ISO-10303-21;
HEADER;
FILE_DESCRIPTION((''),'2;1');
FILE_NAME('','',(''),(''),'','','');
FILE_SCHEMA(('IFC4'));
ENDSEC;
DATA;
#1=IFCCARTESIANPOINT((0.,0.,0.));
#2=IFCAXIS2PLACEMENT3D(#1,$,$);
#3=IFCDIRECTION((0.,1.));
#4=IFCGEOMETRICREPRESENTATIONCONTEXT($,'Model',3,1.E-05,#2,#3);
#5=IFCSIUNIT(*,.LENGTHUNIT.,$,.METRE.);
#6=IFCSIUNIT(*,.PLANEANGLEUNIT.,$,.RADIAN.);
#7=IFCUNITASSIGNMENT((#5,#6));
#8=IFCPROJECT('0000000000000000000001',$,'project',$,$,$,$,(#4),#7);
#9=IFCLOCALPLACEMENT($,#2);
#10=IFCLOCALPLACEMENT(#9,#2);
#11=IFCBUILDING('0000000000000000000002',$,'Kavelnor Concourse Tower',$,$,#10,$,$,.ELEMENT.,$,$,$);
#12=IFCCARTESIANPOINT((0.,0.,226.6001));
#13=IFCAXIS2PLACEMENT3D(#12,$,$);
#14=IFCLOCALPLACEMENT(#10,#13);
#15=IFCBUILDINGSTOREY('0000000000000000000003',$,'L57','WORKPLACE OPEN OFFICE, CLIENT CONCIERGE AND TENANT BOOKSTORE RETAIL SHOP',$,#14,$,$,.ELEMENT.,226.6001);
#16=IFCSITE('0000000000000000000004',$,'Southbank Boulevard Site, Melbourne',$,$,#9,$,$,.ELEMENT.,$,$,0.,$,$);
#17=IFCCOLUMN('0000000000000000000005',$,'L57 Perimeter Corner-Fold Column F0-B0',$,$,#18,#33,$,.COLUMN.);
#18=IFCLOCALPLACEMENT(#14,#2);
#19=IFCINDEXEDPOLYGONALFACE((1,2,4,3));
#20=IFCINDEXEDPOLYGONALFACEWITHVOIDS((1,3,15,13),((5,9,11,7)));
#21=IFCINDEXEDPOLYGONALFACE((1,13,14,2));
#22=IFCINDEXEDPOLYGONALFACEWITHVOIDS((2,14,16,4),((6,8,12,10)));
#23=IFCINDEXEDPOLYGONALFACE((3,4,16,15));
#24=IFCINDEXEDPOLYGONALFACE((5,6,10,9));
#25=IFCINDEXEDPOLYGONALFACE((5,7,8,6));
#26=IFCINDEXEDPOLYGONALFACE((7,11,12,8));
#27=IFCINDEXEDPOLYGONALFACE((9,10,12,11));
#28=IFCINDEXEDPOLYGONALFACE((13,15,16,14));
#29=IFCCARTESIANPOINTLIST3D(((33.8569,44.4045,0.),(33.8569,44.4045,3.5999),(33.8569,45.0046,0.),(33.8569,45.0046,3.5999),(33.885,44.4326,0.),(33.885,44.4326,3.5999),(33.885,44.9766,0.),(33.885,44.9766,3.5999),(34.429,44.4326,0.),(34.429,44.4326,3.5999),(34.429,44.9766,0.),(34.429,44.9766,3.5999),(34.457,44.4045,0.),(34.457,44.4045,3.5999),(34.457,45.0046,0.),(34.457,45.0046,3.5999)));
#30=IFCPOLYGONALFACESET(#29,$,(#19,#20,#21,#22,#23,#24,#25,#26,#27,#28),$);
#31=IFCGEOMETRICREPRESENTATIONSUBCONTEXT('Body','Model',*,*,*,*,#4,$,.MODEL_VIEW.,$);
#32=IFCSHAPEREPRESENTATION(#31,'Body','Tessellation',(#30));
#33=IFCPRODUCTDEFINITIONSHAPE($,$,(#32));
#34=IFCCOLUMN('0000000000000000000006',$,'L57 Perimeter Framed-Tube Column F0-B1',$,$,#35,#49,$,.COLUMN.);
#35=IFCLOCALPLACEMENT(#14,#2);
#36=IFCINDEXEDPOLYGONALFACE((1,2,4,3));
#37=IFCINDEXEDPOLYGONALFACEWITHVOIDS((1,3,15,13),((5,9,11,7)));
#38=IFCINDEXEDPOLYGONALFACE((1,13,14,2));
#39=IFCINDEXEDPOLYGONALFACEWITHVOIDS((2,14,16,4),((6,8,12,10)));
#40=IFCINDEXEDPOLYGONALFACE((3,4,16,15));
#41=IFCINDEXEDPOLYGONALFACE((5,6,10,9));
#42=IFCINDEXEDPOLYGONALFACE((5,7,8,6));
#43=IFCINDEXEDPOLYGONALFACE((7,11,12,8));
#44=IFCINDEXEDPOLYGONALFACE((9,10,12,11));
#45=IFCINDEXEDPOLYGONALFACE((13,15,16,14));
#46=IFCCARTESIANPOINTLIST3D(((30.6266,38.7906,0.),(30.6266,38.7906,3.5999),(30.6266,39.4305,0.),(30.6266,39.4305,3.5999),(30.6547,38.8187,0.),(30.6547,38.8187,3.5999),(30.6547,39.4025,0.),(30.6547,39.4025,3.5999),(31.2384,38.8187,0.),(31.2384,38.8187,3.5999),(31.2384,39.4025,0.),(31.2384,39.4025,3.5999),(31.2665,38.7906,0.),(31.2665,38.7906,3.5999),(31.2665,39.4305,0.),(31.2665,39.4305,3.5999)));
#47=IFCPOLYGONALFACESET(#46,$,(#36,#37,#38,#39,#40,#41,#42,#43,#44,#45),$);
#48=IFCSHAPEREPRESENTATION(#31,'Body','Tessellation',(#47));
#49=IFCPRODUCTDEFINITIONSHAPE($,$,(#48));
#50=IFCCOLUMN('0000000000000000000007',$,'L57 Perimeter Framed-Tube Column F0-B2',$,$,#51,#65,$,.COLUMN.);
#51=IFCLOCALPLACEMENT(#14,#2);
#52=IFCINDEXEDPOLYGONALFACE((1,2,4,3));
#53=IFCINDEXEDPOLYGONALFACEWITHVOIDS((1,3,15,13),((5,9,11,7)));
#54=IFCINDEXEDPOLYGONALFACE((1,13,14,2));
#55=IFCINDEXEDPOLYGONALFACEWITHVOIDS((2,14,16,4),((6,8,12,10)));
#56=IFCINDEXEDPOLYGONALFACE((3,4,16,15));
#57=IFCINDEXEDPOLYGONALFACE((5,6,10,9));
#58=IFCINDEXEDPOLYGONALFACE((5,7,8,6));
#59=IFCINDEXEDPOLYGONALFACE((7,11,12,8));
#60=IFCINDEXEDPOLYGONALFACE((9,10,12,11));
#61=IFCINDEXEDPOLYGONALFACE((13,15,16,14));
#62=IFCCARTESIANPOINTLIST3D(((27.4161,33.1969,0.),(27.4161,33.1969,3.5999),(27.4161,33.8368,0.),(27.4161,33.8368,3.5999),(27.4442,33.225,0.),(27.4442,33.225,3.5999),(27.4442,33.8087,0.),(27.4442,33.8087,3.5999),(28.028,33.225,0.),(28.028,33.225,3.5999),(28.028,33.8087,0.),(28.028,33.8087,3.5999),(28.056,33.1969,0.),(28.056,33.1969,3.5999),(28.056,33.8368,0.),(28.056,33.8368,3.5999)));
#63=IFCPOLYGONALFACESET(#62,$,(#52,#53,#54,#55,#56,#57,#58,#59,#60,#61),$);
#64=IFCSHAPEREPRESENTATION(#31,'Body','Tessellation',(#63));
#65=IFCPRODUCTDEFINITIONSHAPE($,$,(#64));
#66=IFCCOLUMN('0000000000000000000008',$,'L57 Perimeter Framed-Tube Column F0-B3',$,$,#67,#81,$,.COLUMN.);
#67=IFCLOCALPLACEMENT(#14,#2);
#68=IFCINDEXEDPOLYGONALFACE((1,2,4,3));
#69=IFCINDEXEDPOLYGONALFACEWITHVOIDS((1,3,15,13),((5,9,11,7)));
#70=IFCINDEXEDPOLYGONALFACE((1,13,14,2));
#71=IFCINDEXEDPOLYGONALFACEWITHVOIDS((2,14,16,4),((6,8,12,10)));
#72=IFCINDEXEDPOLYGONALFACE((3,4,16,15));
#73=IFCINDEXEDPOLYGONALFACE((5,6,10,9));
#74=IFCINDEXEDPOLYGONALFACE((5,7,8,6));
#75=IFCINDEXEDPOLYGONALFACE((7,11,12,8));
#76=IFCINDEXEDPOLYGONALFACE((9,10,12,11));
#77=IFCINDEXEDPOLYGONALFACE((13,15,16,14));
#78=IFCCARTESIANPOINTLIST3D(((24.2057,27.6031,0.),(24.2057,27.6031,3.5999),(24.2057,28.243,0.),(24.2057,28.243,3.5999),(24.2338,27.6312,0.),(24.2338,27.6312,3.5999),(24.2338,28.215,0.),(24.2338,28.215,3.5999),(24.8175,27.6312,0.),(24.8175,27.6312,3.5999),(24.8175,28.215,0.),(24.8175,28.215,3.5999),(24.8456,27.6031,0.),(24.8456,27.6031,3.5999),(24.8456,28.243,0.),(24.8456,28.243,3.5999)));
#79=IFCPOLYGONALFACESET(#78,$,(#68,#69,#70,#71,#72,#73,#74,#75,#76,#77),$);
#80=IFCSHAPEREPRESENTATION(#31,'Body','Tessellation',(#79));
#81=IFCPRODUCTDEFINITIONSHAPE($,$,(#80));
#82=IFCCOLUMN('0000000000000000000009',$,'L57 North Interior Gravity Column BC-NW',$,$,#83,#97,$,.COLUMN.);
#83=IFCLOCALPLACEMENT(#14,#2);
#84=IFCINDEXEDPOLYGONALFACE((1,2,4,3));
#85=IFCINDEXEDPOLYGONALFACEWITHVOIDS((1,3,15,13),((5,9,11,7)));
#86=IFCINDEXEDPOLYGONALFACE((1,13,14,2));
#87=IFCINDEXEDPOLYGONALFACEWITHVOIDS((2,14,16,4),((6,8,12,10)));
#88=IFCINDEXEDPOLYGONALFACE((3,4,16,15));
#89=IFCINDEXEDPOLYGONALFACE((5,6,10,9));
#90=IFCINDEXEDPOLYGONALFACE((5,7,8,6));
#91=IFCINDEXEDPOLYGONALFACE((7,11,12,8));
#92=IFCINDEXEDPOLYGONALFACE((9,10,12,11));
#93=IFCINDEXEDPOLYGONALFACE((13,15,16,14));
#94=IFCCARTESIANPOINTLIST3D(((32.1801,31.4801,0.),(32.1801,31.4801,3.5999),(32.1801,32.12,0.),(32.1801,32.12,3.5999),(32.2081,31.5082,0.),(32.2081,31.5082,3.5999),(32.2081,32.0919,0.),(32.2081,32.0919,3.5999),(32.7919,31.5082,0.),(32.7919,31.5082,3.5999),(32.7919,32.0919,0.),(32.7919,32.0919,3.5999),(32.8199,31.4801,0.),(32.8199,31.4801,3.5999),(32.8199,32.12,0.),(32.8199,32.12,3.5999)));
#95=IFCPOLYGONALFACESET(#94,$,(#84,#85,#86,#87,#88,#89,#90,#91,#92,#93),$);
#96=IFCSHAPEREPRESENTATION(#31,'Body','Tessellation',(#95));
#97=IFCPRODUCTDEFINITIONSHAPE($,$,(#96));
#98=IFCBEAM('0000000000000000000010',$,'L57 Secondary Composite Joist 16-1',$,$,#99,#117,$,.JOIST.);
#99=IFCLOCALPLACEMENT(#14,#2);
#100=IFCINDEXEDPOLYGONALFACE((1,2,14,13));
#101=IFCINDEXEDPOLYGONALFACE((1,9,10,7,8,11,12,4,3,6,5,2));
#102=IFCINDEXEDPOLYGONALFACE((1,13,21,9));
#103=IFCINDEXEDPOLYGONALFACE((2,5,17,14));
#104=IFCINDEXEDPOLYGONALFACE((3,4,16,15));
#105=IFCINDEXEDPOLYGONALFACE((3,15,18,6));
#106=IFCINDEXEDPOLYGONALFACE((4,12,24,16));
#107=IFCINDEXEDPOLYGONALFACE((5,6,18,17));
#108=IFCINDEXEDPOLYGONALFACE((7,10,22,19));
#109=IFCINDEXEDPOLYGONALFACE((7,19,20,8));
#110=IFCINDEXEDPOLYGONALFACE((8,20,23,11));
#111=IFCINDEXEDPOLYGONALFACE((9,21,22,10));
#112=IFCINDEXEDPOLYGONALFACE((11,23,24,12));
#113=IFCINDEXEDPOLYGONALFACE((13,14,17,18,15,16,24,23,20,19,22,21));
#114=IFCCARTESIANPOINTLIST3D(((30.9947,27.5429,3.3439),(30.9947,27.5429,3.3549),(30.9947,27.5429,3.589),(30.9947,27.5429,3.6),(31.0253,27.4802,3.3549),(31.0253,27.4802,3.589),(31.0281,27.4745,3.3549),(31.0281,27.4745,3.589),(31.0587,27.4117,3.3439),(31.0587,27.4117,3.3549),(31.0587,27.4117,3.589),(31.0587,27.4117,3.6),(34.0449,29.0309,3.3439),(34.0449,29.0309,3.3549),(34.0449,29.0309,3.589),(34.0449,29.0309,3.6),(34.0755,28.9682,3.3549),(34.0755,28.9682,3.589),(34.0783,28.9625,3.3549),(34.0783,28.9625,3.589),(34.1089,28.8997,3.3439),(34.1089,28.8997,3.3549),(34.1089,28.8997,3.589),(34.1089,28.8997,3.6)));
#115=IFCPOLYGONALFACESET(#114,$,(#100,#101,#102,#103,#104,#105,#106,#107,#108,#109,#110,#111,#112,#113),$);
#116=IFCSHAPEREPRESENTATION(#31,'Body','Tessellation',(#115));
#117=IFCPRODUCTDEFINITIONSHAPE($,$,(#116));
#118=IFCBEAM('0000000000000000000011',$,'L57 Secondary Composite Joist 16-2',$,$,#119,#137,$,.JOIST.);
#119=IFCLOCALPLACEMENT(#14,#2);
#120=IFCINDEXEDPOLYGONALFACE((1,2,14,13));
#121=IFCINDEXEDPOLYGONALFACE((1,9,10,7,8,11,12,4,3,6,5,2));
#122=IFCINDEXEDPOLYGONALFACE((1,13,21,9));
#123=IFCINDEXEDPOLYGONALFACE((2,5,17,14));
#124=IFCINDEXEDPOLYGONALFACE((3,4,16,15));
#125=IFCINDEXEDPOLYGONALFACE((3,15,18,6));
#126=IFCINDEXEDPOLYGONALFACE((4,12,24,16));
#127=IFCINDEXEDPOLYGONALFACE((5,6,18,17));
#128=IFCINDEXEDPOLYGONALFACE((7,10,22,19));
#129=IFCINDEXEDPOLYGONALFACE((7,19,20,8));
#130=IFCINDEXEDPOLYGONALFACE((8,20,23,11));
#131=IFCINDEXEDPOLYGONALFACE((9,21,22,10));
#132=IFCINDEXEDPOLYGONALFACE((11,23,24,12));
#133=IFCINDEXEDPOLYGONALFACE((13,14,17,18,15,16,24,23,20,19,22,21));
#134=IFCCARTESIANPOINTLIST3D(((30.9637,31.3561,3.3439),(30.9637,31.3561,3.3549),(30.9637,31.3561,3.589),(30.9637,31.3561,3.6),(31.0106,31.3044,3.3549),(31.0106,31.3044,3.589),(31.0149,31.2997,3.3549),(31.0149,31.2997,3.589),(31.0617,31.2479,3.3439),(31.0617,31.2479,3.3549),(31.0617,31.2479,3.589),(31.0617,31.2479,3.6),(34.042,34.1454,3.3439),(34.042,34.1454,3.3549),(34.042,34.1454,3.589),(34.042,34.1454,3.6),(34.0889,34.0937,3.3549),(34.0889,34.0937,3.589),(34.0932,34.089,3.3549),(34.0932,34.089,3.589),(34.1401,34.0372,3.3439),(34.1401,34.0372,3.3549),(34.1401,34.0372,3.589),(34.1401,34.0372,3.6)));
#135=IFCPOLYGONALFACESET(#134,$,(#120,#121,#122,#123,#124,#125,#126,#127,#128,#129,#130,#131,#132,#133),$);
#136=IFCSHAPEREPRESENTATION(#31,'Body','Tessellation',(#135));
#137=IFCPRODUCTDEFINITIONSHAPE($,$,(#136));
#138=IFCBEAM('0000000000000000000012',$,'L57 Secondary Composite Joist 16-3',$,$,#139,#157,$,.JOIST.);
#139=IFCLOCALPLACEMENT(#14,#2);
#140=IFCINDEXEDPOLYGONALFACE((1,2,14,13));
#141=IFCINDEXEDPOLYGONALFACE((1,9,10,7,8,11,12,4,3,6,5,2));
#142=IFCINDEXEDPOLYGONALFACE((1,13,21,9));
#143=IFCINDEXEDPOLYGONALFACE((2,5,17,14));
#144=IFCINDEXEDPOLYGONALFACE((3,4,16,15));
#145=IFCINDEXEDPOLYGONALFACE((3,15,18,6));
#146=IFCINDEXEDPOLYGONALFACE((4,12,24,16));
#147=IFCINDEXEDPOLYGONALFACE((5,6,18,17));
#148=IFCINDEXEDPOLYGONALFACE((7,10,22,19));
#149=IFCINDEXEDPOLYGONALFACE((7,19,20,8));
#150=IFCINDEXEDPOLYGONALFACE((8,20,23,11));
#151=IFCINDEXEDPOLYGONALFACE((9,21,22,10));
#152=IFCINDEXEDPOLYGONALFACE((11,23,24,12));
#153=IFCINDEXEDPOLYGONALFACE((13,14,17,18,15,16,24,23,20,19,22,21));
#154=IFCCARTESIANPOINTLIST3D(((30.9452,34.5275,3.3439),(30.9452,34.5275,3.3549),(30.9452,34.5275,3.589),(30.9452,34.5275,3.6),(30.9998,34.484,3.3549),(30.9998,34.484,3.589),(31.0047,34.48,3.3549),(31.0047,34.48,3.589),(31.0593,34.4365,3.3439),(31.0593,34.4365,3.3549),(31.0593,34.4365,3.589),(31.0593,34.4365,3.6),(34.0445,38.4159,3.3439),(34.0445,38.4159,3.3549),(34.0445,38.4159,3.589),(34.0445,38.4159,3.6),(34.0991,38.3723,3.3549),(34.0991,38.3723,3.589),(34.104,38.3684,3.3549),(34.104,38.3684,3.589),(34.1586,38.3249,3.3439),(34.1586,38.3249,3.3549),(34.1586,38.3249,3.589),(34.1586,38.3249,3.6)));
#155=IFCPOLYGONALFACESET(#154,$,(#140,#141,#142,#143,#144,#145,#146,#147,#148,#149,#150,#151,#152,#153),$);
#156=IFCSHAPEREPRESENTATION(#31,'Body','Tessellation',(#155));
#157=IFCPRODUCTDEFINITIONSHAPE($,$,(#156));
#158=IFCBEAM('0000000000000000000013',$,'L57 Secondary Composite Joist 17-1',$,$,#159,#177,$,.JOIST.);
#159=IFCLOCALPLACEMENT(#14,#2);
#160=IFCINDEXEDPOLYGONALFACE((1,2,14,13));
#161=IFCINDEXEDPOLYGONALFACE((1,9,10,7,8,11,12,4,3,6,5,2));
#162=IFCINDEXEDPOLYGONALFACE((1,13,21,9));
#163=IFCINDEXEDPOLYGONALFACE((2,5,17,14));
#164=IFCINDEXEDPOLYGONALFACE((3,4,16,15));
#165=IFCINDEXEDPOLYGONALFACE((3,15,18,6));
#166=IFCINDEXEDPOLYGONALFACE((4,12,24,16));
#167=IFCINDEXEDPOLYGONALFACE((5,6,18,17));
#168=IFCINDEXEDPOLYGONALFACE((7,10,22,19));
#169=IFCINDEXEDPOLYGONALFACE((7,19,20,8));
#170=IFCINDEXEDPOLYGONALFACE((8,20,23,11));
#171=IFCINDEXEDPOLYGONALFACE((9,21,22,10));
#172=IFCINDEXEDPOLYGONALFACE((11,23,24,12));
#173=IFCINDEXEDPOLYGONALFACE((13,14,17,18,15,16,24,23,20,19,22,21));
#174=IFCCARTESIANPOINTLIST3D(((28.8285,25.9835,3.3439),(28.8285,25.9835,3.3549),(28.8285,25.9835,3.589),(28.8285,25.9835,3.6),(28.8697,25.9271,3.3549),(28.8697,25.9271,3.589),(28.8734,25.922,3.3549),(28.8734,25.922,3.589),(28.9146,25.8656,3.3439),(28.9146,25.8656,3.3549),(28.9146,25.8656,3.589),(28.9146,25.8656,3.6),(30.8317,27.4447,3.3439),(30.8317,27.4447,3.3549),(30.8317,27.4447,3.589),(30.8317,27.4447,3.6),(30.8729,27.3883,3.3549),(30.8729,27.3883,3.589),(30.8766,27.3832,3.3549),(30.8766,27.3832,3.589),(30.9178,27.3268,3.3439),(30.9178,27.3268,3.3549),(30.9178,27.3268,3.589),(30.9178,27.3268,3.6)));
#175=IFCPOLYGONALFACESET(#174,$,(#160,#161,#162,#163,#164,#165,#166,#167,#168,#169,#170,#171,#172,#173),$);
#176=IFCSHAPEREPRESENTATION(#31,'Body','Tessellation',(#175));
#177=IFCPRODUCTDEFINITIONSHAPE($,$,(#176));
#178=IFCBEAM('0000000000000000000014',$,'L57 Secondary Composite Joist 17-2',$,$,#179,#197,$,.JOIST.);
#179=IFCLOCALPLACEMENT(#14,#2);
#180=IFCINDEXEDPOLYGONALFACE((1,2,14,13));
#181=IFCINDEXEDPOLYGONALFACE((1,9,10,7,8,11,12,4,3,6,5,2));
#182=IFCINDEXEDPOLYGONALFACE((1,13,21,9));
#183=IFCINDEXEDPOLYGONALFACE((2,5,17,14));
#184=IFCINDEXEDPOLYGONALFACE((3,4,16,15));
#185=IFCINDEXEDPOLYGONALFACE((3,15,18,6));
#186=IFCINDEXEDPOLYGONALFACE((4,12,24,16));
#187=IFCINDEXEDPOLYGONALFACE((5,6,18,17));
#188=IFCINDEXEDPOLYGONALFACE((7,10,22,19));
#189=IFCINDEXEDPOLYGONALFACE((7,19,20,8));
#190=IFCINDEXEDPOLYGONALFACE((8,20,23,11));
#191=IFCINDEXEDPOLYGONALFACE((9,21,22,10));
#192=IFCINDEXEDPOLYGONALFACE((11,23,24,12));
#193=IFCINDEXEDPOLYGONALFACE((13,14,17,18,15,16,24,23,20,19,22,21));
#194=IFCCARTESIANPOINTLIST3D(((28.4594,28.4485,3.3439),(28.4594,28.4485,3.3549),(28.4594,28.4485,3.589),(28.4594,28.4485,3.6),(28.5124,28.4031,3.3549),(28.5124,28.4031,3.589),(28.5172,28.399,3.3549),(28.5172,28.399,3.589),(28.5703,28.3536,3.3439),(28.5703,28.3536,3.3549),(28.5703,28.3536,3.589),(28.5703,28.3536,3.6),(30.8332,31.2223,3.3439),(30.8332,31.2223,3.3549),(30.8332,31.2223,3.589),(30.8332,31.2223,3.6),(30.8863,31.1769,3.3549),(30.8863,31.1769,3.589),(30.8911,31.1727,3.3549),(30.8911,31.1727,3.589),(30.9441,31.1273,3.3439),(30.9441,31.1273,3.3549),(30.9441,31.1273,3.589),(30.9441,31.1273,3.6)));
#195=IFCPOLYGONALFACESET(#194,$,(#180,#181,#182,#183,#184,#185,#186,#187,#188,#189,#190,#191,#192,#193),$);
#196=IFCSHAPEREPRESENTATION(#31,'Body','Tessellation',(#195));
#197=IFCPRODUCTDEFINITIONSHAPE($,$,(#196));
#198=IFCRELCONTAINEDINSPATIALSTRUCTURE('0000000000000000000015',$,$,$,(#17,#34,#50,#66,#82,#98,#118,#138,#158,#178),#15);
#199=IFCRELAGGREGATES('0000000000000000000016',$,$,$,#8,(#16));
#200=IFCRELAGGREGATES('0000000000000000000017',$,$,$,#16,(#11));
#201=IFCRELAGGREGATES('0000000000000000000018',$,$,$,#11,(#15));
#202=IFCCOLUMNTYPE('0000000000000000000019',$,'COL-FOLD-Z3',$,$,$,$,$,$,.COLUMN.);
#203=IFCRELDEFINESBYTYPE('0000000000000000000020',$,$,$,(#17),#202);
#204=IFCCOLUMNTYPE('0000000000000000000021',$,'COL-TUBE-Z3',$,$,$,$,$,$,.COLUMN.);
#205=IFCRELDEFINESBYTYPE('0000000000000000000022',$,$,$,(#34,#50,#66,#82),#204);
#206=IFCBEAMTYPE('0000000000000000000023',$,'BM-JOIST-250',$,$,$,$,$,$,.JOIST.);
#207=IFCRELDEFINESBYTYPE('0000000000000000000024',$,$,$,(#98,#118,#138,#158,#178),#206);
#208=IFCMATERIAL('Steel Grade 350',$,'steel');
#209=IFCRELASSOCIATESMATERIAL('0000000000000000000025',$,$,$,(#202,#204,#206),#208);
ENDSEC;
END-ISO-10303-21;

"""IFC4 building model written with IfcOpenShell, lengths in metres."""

from ifc_helpers import new_model, si_unit, direction, frame, origin, origin_2d, place, context, subcontext, project, spatial, hollow_rectangle, i_section, extrude, material, material_profile, profile_set, type_object, element, save


model = new_model("IFC4")

# Units and contexts
model_context = context("Model", 3, precision=1e-05, world=origin(), true_north=direction((0.0, 1.0)))
body_context = subcontext(model_context, "Body", "Model", "MODEL_VIEW")
ifc_project = project(units=[si_unit("LENGTHUNIT", "METRE"), si_unit("PLANEANGLEUNIT", "RADIAN")], contexts=[model_context])

# Site, building, storey
site_placement = place(None, origin())
site = spatial("IfcSite", under=ifc_project, at=site_placement, Name="Southbank Boulevard Site, Melbourne", CompositionType="ELEMENT", RefElevation=0.0)
building_placement = place(site_placement, origin())
building = spatial("IfcBuilding", under=site, at=building_placement, Name="Kavelnor Concourse Tower", CompositionType="ELEMENT")
storey_placement = place(building_placement, frame((0.0, 0.0, 226.6001)))
storey = spatial("IfcBuildingStorey", under=building, at=storey_placement, Name="L57", Description="WORKPLACE OPEN OFFICE, CLIENT CONCIERGE AND TENANT BOOKSTORE RETAIL SHOP", CompositionType="ELEMENT", Elevation=226.6001)

# Columns
ifc_material_1 = material(Name="Steel Grade 350", Category="steel")
ifc_material_profile_1 = material_profile(ifc_material_1, hollow_rectangle(XDim=0.6001, YDim=0.6001, WallThickness=0.0281, at=origin_2d()), Name="SHS 600x600x28")
ifc_profile_set_1 = profile_set([ifc_material_profile_1], Name="Steel Grade 350")
column_type_1 = type_object("IfcColumnType", Name="COL-FOLD-Z3", PredefinedType="COLUMN", material=ifc_profile_set_1)
column_placement = place(storey_placement, frame((34.157, 44.7046, 0.0), z_axis=(0.0, 0.0, 1.0), x_axis=(1.0, 0.0, 0.0)))
element("IfcColumn", 1, at=column_placement, inside=storey, type_object=column_type_1, Name="L57 Perimeter Corner-Fold Column F0-B0", PredefinedType="COLUMN", context=body_context, shape_type="SweptSolid", body=[
    extrude(hollow_rectangle(XDim=0.6001, YDim=0.6001, WallThickness=0.0281, at=origin_2d()), origin(), (0.0, 0.0, 1.0), 3.5999),
])
ifc_material_profile_2 = material_profile(ifc_material_1, hollow_rectangle(XDim=0.6399, YDim=0.6399, WallThickness=0.0281, at=origin_2d()), Name="SHS 640x640x28")
ifc_profile_set_2 = profile_set([ifc_material_profile_2], Name="Steel Grade 350")
column_type_2 = type_object("IfcColumnType", Name="COL-TUBE-Z3", PredefinedType="COLUMN", material=ifc_profile_set_2)
for number, where, z_axis, x_axis, name in (
    (2, (30.9465, 39.1106, 0.0), (0.0, 0.0, 1.0), (1.0, 0.0, 0.0), "L57 Perimeter Framed-Tube Column F0-B1"),
    (3, (27.7361, 33.5168, 0.0), (0.0, 0.0, 1.0), (1.0, 0.0, 0.0), "L57 Perimeter Framed-Tube Column F0-B2"),
    (4, (24.5256, 27.9231, 0.0), (0.0, 0.0, 1.0), (1.0, 0.0, 0.0), "L57 Perimeter Framed-Tube Column F0-B3"),
    (5, (32.5, 31.8, 0.0), (0.0, 0.0, 1.0), (1.0, 0.0, 0.0), "L57 North Interior Gravity Column BC-NW"),
):
    element("IfcColumn", number, at=place(storey_placement, frame(where, z_axis=z_axis, x_axis=x_axis)), inside=storey, type_object=column_type_2, Name=name, PredefinedType="COLUMN", context=body_context, shape_type="SweptSolid", body=[
        extrude(hollow_rectangle(XDim=0.6399, YDim=0.6399, WallThickness=0.0281, at=origin_2d()), origin(), (0.0, 0.0, 1.0), 3.5999),
    ])

# Beams
ifc_material_profile_3 = material_profile(ifc_material_1, i_section(OverallWidth=0.146, OverallDepth=0.2561, WebThickness=0.0063, FlangeThickness=0.011, at=origin_2d()), Name="250UB37")
ifc_profile_set_3 = profile_set([ifc_material_profile_3], Name="Steel Grade 350")
beam_type_1 = type_object("IfcBeamType", Name="BM-JOIST-250", PredefinedType="JOIST", material=ifc_profile_set_3)
beam_1_placement = place(storey_placement, frame((34.0769, 28.9653, 3.4719), z_axis=(-0.898758, -0.438445, 0.0), x_axis=(0.438445, -0.898758, 0.0)))
element("IfcBeam", 6, at=beam_1_placement, inside=storey, type_object=beam_type_1, Name="L57 Secondary Composite Joist 16-1", PredefinedType="JOIST", context=body_context, shape_type="SweptSolid", body=[
    extrude(i_section(OverallWidth=0.146, OverallDepth=0.2561, WebThickness=0.0063, FlangeThickness=0.011, at=origin_2d()), origin(), (0.0, 0.0, 1.0), 3.3938),
])
beam_2_placement = place(storey_placement, frame((34.0911, 34.0913, 3.4719), z_axis=(-0.741043, -0.671458, 0.0), x_axis=(0.671458, -0.741043, 0.0)))
element("IfcBeam", 7, at=beam_2_placement, inside=storey, type_object=beam_type_1, Name="L57 Secondary Composite Joist 16-2", PredefinedType="JOIST", context=body_context, shape_type="SweptSolid", body=[
    extrude(i_section(OverallWidth=0.146, OverallDepth=0.2561, WebThickness=0.0063, FlangeThickness=0.011, at=origin_2d()), origin(), (0.0, 0.0, 1.0), 4.1541),
])
beam_3_placement = place(storey_placement, frame((34.1016, 38.3704, 3.4719), z_axis=(-0.623299, -0.781984, 0.0), x_axis=(0.781984, -0.623299, 0.0)))
element("IfcBeam", 8, at=beam_3_placement, inside=storey, type_object=beam_type_1, Name="L57 Secondary Composite Joist 16-3", PredefinedType="JOIST", context=body_context, shape_type="SweptSolid", body=[
    extrude(i_section(OverallWidth=0.146, OverallDepth=0.2561, WebThickness=0.0063, FlangeThickness=0.011, at=origin_2d()), origin(), (0.0, 0.0, 1.0), 4.9724),
])
beam_4_placement = place(storey_placement, frame((30.8748, 27.3857, 3.4719), z_axis=(-0.807905, -0.589313, 0.0), x_axis=(0.589313, -0.807905, 0.0)))
element("IfcBeam", 9, at=beam_4_placement, inside=storey, type_object=beam_type_1, Name="L57 Secondary Composite Joist 17-1", PredefinedType="JOIST", context=body_context, shape_type="SweptSolid", body=[
    extrude(i_section(OverallWidth=0.146, OverallDepth=0.2561, WebThickness=0.0063, FlangeThickness=0.011, at=origin_2d()), origin(), (0.0, 0.0, 1.0), 2.4795),
])
beam_5_placement = place(storey_placement, frame((30.8887, 31.1748, 3.4719), z_axis=(-0.650213, -0.759752, 0.0), x_axis=(0.759752, -0.650213, 0.0)))
element("IfcBeam", 10, at=beam_5_placement, inside=storey, type_object=beam_type_1, Name="L57 Secondary Composite Joist 17-2", PredefinedType="JOIST", context=body_context, shape_type="SweptSolid", body=[
    extrude(i_section(OverallWidth=0.146, OverallDepth=0.2561, WebThickness=0.0063, FlangeThickness=0.011, at=origin_2d()), origin(), (0.0, 0.0, 1.0), 3.6509),
])

save(model, "model.ifc")
